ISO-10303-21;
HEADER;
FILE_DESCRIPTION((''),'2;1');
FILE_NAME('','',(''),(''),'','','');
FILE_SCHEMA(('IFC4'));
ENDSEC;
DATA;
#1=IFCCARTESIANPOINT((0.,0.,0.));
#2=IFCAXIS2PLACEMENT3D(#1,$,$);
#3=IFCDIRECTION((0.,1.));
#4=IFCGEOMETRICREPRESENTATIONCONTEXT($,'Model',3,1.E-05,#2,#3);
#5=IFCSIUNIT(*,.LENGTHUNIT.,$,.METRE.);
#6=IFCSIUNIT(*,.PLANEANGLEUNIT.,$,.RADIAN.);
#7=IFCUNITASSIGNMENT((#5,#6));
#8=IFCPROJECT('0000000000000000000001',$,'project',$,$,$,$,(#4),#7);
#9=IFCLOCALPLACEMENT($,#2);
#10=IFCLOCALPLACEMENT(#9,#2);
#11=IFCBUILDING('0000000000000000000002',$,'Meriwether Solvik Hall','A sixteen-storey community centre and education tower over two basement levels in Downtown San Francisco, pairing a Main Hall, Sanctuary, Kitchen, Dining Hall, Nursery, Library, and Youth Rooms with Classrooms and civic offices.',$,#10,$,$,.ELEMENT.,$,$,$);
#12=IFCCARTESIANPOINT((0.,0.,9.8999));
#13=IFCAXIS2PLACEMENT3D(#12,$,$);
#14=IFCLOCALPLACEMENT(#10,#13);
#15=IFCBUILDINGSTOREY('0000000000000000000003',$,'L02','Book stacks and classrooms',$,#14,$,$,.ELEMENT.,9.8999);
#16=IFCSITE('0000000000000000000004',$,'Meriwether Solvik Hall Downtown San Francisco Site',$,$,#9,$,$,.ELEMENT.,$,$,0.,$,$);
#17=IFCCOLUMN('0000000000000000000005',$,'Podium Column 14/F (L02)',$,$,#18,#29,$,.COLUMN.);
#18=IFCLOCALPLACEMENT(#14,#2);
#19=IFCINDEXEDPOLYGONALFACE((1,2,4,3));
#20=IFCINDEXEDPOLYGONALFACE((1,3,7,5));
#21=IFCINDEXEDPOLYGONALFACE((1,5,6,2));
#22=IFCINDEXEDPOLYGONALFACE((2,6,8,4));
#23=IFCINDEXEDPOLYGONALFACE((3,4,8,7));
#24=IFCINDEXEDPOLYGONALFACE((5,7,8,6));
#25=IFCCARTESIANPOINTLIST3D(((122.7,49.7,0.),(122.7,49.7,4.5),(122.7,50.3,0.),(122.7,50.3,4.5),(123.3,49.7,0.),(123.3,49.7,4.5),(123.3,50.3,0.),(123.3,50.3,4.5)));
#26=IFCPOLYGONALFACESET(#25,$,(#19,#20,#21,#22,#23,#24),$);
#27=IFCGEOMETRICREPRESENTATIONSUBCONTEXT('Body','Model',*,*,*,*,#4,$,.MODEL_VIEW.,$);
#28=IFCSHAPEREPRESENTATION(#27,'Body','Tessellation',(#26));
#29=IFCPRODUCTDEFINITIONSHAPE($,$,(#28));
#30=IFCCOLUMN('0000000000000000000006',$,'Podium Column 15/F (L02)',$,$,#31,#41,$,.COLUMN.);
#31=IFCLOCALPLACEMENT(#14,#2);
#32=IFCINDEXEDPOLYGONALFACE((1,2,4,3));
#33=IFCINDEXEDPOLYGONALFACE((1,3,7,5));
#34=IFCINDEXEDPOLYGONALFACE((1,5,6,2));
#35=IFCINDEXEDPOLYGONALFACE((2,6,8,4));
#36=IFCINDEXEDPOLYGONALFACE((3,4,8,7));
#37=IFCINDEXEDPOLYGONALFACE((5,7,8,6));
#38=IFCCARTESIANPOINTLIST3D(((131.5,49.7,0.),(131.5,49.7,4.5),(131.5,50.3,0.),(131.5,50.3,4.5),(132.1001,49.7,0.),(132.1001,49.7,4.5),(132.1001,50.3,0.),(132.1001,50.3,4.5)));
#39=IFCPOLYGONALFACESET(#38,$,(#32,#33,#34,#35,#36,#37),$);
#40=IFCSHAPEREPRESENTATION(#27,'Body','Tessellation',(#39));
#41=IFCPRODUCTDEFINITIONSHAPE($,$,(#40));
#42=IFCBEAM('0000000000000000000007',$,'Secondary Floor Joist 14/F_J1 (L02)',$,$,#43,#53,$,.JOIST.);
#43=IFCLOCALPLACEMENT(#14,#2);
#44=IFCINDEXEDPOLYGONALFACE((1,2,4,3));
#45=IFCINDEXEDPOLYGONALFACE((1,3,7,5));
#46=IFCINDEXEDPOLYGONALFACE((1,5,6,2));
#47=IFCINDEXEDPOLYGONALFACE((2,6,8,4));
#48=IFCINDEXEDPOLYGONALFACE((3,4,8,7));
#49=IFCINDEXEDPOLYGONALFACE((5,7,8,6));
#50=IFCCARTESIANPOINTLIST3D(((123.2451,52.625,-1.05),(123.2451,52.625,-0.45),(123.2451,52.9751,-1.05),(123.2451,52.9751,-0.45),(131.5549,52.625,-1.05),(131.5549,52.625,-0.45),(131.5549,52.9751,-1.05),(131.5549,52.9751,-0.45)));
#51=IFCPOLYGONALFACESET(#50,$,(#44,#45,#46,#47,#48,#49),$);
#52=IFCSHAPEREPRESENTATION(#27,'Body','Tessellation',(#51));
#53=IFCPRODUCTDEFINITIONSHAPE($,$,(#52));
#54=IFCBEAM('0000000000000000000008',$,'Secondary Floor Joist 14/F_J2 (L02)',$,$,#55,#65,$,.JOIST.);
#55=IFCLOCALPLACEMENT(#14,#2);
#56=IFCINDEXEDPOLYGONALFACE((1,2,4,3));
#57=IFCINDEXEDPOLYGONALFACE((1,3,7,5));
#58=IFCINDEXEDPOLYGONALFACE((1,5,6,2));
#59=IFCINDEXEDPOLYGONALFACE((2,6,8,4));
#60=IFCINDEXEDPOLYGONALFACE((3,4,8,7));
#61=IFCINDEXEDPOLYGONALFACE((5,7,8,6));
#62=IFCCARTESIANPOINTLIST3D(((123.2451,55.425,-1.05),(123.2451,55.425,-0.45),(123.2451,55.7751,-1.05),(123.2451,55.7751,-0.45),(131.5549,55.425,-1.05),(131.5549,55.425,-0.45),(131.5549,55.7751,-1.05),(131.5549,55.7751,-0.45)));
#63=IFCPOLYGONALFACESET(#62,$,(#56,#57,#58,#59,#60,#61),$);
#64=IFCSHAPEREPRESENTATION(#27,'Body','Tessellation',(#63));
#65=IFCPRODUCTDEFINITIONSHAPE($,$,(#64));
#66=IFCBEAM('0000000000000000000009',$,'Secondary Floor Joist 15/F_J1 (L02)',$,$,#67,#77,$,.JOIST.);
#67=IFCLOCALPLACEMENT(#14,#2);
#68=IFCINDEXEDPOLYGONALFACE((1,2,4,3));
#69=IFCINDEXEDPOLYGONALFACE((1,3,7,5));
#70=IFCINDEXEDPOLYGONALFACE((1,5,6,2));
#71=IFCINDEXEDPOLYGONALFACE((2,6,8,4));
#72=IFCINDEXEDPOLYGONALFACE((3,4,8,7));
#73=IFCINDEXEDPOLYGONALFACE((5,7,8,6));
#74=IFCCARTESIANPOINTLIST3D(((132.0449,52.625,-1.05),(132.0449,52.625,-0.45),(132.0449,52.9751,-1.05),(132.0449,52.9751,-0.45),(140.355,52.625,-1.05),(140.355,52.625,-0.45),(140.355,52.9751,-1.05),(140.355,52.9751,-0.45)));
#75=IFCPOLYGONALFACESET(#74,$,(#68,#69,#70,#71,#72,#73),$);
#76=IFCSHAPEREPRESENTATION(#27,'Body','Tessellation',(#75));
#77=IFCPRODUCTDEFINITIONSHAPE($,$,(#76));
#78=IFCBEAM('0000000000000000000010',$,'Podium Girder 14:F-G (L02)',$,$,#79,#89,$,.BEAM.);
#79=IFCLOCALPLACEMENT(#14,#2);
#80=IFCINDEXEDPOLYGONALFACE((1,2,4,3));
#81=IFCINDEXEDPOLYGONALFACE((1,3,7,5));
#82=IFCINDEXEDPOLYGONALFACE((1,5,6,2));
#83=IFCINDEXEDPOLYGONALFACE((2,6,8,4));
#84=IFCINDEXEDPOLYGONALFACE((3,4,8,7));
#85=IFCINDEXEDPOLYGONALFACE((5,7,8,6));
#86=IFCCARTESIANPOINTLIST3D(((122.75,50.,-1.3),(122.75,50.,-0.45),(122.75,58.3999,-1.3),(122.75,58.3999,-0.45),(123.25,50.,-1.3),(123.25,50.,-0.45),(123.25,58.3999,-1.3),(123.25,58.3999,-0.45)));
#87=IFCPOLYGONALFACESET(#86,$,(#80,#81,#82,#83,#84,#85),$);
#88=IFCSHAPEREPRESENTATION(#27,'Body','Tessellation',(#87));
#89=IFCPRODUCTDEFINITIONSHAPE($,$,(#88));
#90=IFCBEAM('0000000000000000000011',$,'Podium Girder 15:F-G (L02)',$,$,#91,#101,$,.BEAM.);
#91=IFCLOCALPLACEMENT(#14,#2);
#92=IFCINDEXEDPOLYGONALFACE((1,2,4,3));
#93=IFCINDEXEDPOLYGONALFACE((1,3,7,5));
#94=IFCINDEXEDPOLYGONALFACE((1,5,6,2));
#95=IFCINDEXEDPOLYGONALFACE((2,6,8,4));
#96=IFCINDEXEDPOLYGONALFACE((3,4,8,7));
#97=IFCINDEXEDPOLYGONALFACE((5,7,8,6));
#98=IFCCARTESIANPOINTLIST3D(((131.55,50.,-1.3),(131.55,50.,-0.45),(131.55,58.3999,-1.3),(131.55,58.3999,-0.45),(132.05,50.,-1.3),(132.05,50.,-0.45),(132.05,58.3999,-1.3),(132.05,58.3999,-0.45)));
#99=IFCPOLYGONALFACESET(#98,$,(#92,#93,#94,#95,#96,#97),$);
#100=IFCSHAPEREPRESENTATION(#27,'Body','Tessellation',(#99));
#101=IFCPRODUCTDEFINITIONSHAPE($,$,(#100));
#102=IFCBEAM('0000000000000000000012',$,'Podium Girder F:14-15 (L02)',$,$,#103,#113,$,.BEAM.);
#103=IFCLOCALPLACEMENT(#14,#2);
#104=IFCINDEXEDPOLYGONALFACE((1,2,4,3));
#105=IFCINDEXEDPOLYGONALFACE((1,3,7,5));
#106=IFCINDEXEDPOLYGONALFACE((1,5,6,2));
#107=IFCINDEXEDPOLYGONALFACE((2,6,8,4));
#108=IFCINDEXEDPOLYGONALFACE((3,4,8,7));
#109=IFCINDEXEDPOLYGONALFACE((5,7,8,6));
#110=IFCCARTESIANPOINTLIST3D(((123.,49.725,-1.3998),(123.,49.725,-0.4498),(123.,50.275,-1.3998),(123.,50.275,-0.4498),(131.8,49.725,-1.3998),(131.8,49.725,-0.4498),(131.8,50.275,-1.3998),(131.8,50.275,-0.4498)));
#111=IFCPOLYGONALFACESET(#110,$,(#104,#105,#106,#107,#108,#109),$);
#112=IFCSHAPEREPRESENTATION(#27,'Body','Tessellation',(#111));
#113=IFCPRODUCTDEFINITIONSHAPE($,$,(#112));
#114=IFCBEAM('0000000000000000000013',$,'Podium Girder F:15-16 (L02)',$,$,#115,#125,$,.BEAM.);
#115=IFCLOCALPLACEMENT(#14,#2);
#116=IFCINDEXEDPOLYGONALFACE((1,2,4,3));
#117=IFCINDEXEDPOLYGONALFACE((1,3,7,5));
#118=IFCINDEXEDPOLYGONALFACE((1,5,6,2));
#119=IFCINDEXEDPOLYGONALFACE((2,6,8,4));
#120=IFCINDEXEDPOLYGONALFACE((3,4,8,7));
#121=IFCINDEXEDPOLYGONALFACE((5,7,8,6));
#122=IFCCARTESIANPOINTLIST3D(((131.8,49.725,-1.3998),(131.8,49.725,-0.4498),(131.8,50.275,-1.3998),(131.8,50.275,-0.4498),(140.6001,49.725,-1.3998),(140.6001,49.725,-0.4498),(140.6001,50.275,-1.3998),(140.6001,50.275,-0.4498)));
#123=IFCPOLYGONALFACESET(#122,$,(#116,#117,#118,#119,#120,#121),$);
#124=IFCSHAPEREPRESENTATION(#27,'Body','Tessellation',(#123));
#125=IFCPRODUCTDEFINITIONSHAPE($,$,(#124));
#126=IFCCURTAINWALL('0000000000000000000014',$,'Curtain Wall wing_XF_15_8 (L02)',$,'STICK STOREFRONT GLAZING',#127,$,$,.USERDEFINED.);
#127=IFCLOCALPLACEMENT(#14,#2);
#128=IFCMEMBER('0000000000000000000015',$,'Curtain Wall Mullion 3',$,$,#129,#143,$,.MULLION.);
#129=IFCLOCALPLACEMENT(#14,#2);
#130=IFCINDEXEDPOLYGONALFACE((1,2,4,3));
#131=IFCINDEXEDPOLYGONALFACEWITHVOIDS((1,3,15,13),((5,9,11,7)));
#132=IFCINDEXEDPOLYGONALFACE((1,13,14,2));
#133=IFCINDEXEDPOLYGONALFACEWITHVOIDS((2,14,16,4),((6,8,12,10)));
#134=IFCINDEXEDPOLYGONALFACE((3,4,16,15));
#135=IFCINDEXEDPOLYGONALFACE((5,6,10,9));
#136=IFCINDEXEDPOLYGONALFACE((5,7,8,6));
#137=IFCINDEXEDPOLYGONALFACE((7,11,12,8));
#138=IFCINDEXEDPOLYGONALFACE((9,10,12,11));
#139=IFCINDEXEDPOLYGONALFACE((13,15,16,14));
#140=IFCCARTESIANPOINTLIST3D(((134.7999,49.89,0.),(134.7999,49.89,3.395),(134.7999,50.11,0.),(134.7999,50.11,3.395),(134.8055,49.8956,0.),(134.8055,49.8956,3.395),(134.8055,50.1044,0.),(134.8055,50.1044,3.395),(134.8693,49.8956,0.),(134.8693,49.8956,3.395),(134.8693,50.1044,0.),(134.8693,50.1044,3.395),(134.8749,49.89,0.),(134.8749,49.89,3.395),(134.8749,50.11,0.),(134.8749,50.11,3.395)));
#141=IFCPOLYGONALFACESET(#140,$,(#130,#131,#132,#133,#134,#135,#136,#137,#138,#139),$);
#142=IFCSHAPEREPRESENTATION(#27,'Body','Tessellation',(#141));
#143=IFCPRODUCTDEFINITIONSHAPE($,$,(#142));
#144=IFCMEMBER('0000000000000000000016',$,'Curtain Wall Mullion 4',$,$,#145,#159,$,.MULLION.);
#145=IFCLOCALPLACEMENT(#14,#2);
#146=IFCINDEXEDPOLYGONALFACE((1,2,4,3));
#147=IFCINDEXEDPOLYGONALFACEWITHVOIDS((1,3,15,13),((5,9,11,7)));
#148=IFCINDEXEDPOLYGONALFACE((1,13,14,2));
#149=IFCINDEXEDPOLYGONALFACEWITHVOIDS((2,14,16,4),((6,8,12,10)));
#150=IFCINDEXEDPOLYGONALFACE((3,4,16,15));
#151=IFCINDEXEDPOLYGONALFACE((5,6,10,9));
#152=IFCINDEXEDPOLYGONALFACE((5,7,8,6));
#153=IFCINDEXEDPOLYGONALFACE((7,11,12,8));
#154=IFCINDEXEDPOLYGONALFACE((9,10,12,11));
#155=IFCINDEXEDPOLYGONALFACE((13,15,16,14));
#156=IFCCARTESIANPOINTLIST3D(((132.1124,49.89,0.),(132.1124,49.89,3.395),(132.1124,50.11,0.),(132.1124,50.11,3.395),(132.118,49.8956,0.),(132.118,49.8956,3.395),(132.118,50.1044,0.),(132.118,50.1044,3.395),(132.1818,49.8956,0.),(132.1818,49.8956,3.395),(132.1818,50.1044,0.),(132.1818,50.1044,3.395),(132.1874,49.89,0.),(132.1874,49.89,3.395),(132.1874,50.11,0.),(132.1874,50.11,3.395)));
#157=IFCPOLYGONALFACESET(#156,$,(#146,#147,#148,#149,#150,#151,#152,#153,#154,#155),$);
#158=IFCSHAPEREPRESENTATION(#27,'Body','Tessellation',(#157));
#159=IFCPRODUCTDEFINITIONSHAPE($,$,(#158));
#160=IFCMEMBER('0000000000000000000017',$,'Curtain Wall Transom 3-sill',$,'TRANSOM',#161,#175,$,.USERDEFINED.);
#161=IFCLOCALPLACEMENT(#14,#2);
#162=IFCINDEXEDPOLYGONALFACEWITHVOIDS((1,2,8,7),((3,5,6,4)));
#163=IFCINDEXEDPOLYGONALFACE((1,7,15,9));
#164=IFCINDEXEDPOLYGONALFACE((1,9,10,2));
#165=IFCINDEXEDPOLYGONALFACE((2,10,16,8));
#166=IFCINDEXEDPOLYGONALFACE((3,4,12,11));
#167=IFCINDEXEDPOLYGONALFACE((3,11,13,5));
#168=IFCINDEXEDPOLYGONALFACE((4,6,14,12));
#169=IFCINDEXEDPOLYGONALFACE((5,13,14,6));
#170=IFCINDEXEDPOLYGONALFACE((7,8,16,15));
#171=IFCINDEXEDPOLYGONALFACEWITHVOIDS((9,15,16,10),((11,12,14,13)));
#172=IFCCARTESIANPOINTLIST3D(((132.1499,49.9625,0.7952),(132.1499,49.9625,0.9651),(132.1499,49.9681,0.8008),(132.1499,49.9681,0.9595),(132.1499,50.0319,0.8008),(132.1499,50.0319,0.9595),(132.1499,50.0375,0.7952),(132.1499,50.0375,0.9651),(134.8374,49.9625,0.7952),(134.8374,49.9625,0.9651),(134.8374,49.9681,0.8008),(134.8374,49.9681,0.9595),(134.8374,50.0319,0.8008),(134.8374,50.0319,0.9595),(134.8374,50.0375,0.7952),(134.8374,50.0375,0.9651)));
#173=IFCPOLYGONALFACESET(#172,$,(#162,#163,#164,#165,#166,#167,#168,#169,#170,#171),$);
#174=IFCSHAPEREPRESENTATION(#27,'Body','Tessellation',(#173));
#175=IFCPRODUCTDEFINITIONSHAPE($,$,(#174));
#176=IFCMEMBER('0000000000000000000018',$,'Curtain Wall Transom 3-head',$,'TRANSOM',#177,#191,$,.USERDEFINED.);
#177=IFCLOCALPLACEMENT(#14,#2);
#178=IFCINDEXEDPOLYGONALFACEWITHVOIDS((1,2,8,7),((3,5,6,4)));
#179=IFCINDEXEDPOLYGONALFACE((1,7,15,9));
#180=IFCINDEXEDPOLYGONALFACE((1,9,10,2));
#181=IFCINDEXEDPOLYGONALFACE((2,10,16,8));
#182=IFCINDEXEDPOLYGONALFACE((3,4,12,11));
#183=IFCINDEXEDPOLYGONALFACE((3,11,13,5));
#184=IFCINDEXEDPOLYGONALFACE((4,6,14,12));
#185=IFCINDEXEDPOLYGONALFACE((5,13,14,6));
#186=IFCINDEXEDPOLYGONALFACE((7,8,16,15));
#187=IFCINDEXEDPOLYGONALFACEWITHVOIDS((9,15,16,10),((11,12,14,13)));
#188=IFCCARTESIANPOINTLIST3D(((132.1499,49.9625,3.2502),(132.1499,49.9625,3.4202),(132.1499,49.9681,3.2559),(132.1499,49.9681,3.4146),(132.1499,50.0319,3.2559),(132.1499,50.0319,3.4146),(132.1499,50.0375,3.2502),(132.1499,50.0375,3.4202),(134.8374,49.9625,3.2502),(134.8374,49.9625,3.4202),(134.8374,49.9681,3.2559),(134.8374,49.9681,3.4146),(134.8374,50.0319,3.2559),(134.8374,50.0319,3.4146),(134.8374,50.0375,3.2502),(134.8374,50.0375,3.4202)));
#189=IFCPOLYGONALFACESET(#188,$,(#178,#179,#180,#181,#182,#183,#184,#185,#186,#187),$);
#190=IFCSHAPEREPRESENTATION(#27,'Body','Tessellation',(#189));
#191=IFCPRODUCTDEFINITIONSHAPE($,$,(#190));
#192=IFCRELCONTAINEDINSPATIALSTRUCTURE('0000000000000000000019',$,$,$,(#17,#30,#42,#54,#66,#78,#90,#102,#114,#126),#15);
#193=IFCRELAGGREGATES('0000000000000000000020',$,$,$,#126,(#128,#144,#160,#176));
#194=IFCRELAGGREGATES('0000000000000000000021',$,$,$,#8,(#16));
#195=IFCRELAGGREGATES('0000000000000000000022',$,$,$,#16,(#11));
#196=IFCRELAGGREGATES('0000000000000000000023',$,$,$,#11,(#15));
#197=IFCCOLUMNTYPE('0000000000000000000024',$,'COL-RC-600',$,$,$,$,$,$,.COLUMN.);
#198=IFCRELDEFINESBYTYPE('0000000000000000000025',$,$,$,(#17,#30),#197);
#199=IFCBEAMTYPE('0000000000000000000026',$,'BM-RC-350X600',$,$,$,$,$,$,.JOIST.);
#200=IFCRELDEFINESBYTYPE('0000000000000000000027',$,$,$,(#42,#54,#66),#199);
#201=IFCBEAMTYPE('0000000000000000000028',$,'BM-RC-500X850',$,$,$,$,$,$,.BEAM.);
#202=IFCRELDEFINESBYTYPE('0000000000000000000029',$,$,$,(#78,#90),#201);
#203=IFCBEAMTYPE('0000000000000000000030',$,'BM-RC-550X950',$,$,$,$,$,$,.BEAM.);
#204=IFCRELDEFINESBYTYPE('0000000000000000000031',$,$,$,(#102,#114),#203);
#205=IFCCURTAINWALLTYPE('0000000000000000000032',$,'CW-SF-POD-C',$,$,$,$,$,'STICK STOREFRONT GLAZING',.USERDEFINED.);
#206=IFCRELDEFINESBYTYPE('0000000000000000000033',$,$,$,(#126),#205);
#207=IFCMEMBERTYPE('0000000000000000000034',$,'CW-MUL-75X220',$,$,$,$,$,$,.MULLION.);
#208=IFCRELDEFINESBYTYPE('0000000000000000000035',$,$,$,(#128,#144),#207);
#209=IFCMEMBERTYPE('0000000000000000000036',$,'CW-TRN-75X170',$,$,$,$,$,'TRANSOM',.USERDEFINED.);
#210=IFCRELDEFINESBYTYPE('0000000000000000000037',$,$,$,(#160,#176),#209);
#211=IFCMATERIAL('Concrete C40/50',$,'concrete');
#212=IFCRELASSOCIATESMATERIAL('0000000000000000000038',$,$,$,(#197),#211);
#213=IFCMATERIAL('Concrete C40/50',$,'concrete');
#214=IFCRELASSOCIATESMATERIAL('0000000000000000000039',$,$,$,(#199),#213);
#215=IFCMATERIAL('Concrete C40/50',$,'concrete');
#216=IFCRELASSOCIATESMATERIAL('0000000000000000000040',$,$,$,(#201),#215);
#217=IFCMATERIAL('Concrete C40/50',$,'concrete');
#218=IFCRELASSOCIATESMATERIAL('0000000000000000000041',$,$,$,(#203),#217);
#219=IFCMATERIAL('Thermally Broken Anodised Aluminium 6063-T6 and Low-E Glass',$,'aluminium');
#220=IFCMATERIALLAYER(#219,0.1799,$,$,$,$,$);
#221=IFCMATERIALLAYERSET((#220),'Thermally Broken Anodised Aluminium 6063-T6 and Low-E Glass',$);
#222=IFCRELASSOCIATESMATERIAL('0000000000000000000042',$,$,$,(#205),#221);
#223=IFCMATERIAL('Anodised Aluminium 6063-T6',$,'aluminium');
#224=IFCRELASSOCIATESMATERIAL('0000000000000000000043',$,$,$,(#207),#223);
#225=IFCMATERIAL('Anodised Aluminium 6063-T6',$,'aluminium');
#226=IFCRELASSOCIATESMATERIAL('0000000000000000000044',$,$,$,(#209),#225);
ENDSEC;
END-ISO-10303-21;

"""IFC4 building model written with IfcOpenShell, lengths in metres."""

from ifc_helpers import new_model, si_unit, direction, frame, origin, origin_2d, place, context, subcontext, project, spatial, rectangle, hollow_rectangle, extrude, material, layer, layer_set, material_profile, profile_set, type_object, element, aggregate, save


model = new_model("IFC4")

# Units and contexts
model_context = context("Model", 3, precision=1e-05, world=origin(), true_north=direction((0.0, 1.0)))
body_context = subcontext(model_context, "Body", "Model", "MODEL_VIEW")
ifc_project = project(units=[si_unit("LENGTHUNIT", "METRE"), si_unit("PLANEANGLEUNIT", "RADIAN")], contexts=[model_context])

# Site, building, storey
site_placement = place(None, origin())
site = spatial("IfcSite", under=ifc_project, at=site_placement, Name="Meriwether Solvik Hall Downtown San Francisco Site", CompositionType="ELEMENT", RefElevation=0.0)
building_placement = place(site_placement, origin())
building = spatial("IfcBuilding", under=site, at=building_placement, Name="Meriwether Solvik Hall", Description="A sixteen-storey community centre and education tower over two basement levels in Downtown San Francisco, pairing a Main Hall, Sanctuary, Kitchen, Dining Hall, Nursery, Library, and Youth Rooms with Classrooms and civic offices.", CompositionType="ELEMENT")
storey_placement = place(building_placement, frame((0.0, 0.0, 9.8999)))
storey = spatial("IfcBuildingStorey", under=building, at=storey_placement, Name="L02", Description="Book stacks and classrooms", CompositionType="ELEMENT", Elevation=9.8999)

# Columns
ifc_material_1 = material(Name="Concrete C40/50", Category="concrete")
ifc_material_profile_1 = material_profile(ifc_material_1, rectangle(XDim=0.6001, YDim=0.6001, at=origin_2d()), Name="RCC-600X600")
ifc_profile_set_1 = profile_set([ifc_material_profile_1], Name="Concrete C40/50")
column_type = type_object("IfcColumnType", Name="COL-RC-600", PredefinedType="COLUMN", material=ifc_profile_set_1)
for number, where, z_axis, x_axis, name in (
    (1, (123.0, 50.0, 0.0), (0.0, 0.0, 1.0), (1.0, 0.0, 0.0), "Podium Column 14/F (L02)"),
    (2, (131.8, 50.0, 0.0), (0.0, 0.0, 1.0), (1.0, 0.0, 0.0), "Podium Column 15/F (L02)"),
):
    element("IfcColumn", number, at=place(storey_placement, frame(where, z_axis=z_axis, x_axis=x_axis)), inside=storey, type_object=column_type, Name=name, PredefinedType="COLUMN", context=body_context, shape_type="SweptSolid", body=[
        extrude(rectangle(XDim=0.6001, YDim=0.6001, at=origin_2d()), origin(), (0.0, 0.0, 1.0), 4.5),
    ])

# Beams
ifc_material_2 = material(Name="Concrete C40/50", Category="concrete")
ifc_material_profile_2 = material_profile(ifc_material_2, rectangle(XDim=0.3501, YDim=0.6001, at=origin_2d()), Name="RCB-350X600")
ifc_profile_set_2 = profile_set([ifc_material_profile_2], Name="Concrete C40/50")
beam_type_1 = type_object("IfcBeamType", Name="BM-RC-350X600", PredefinedType="JOIST", material=ifc_profile_set_2)
for number, where, z_axis, x_axis, name in (
    (3, (123.2451, 52.8, -0.75), (1.0, 0.0, 0.0), (0.0, 1.0, 0.0), "Secondary Floor Joist 14/F_J1 (L02)"),
    (4, (123.2451, 55.6001, -0.75), (1.0, 0.0, 0.0), (0.0, 1.0, 0.0), "Secondary Floor Joist 14/F_J2 (L02)"),
):
    element("IfcBeam", number, at=place(storey_placement, frame(where, z_axis=z_axis, x_axis=x_axis)), inside=storey, type_object=beam_type_1, Name=name, PredefinedType="JOIST", context=body_context, shape_type="SweptSolid", body=[
        extrude(rectangle(XDim=0.3501, YDim=0.6001, at=origin_2d()), origin(), (0.0, 0.0, 1.0), 8.3098),
    ])
beam_placement = place(storey_placement, frame((132.0449, 52.8, -0.75), z_axis=(1.0, 0.0, 0.0), x_axis=(0.0, 1.0, 0.0)))
element("IfcBeam", 5, at=beam_placement, inside=storey, type_object=beam_type_1, Name="Secondary Floor Joist 15/F_J1 (L02)", PredefinedType="JOIST", context=body_context, shape_type="SweptSolid", body=[
    extrude(rectangle(XDim=0.3501, YDim=0.6001, at=origin_2d()), origin(), (0.0, 0.0, 1.0), 8.3101),
])
ifc_material_3 = material(Name="Concrete C40/50", Category="concrete")
ifc_material_profile_3 = material_profile(ifc_material_3, rectangle(XDim=0.5, YDim=0.8501, at=origin_2d()), Name="RCB-500X850")
ifc_profile_set_3 = profile_set([ifc_material_profile_3], Name="Concrete C40/50")
beam_type_2 = type_object("IfcBeamType", Name="BM-RC-500X850", PredefinedType="BEAM", material=ifc_profile_set_3)
for number, where, z_axis, x_axis, name in (
    (6, (123.0, 50.0, -0.875), (0.0, 1.0, 0.0), (-1.0, 0.0, 0.0), "Podium Girder 14:F-G (L02)"),
    (7, (131.8, 50.0, -0.875), (0.0, 1.0, 0.0), (-1.0, 0.0, 0.0), "Podium Girder 15:F-G (L02)"),
):
    element("IfcBeam", number, at=place(storey_placement, frame(where, z_axis=z_axis, x_axis=x_axis)), inside=storey, type_object=beam_type_2, Name=name, PredefinedType="BEAM", context=body_context, shape_type="SweptSolid", body=[
        extrude(rectangle(XDim=0.5, YDim=0.8501, at=origin_2d()), origin(), (0.0, 0.0, 1.0), 8.3999),
    ])
ifc_material_4 = material(Name="Concrete C40/50", Category="concrete")
ifc_material_profile_4 = material_profile(ifc_material_4, rectangle(XDim=0.55, YDim=0.95, at=origin_2d()), Name="RCB-550X950")
ifc_profile_set_4 = profile_set([ifc_material_profile_4], Name="Concrete C40/50")
beam_type_3 = type_object("IfcBeamType", Name="BM-RC-550X950", PredefinedType="BEAM", material=ifc_profile_set_4)
for number, where, z_axis, x_axis, name in (
    (8, (123.0, 50.0, -0.9248), (1.0, 0.0, 0.0), (0.0, 1.0, 0.0), "Podium Girder F:14-15 (L02)"),
    (9, (131.8, 50.0, -0.9248), (1.0, 0.0, 0.0), (0.0, 1.0, 0.0), "Podium Girder F:15-16 (L02)"),
):
    element("IfcBeam", number, at=place(storey_placement, frame(where, z_axis=z_axis, x_axis=x_axis)), inside=storey, type_object=beam_type_3, Name=name, PredefinedType="BEAM", context=body_context, shape_type="SweptSolid", body=[
        extrude(rectangle(XDim=0.55, YDim=0.95, at=origin_2d()), origin(), (0.0, 0.0, 1.0), 8.8),
    ])

# Curtain wall, members
ifc_material_5 = material(Name="Thermally Broken Anodised Aluminium 6063-T6 and Low-E Glass", Category="aluminium")
ifc_layer_1 = layer(ifc_material_5, 0.1799)
ifc_layer_set_1 = layer_set([ifc_layer_1], Name="Thermally Broken Anodised Aluminium 6063-T6 and Low-E Glass")
curtain_wall_type = type_object("IfcCurtainWallType", Name="CW-SF-POD-C", ElementType="STICK STOREFRONT GLAZING", PredefinedType="USERDEFINED", material=ifc_layer_set_1)
curtain_wall_placement = place(storey_placement, origin())
curtain_wall = element("IfcCurtainWall", 10, at=curtain_wall_placement, inside=storey, type_object=curtain_wall_type, Name="Curtain Wall wing_XF_15_8 (L02)", ObjectType="STICK STOREFRONT GLAZING", PredefinedType="USERDEFINED")
ifc_material_6 = material(Name="Anodised Aluminium 6063-T6", Category="aluminium")
ifc_material_profile_5 = material_profile(ifc_material_6, hollow_rectangle(XDim=0.075, YDim=0.22, WallThickness=0.0056, at=origin_2d()), Name="CWM-75X220")
ifc_profile_set_5 = profile_set([ifc_material_profile_5], Name="Anodised Aluminium 6063-T6")
member_type_1 = type_object("IfcMemberType", Name="CW-MUL-75X220", PredefinedType="MULLION", material=ifc_profile_set_5)
member_1_placement = place(storey_placement, frame((134.8374, 50.0, 0.0), z_axis=(0.0, 0.0, 1.0), x_axis=(-1.0, 0.0, 0.0)))
member_1 = element("IfcMember", 11, at=member_1_placement, type_object=member_type_1, Name="Curtain Wall Mullion 3", PredefinedType="MULLION", context=body_context, shape_type="SweptSolid", body=[
    extrude(hollow_rectangle(XDim=0.075, YDim=0.22, WallThickness=0.0056, at=origin_2d()), origin(), (0.0, 0.0, 1.0), 3.395),
])
member_2_placement = place(storey_placement, frame((132.1499, 50.0, 0.0), z_axis=(0.0, 0.0, 1.0), x_axis=(-1.0, 0.0, 0.0)))
member_2 = element("IfcMember", 12, at=member_2_placement, type_object=member_type_1, Name="Curtain Wall Mullion 4", PredefinedType="MULLION", context=body_context, shape_type="SweptSolid", body=[
    extrude(hollow_rectangle(XDim=0.075, YDim=0.22, WallThickness=0.0056, at=origin_2d()), origin(), (0.0, 0.0, 1.0), 3.395),
])
ifc_material_7 = material(Name="Anodised Aluminium 6063-T6", Category="aluminium")
ifc_material_profile_6 = material_profile(ifc_material_7, hollow_rectangle(XDim=0.075, YDim=0.1699, WallThickness=0.0056, at=origin_2d()), Name="CWT-75X170")
ifc_profile_set_6 = profile_set([ifc_material_profile_6], Name="Anodised Aluminium 6063-T6")
member_type_2 = type_object("IfcMemberType", Name="CW-TRN-75X170", ElementType="TRANSOM", PredefinedType="USERDEFINED", material=ifc_profile_set_6)
member_3_placement = place(storey_placement, frame((134.8374, 50.0, 0.8801), z_axis=(-1.0, 0.0, 0.0), x_axis=(0.0, -1.0, 0.0)))
member_3 = element("IfcMember", 13, at=member_3_placement, type_object=member_type_2, Name="Curtain Wall Transom 3-sill", ObjectType="TRANSOM", PredefinedType="USERDEFINED", context=body_context, shape_type="SweptSolid", body=[
    extrude(hollow_rectangle(XDim=0.075, YDim=0.1699, WallThickness=0.0056, at=origin_2d()), origin(), (0.0, 0.0, 1.0), 2.6875),
])
member_4_placement = place(storey_placement, frame((134.8374, 50.0, 3.3352), z_axis=(-1.0, 0.0, 0.0), x_axis=(0.0, -1.0, 0.0)))
member_4 = element("IfcMember", 14, at=member_4_placement, type_object=member_type_2, Name="Curtain Wall Transom 3-head", ObjectType="TRANSOM", PredefinedType="USERDEFINED", context=body_context, shape_type="SweptSolid", body=[
    extrude(hollow_rectangle(XDim=0.075, YDim=0.1699, WallThickness=0.0056, at=origin_2d()), origin(), (0.0, 0.0, 1.0), 2.6875),
])
aggregate(curtain_wall, [member_1, member_2, member_3, member_4])

save(model, "model.ifc")
